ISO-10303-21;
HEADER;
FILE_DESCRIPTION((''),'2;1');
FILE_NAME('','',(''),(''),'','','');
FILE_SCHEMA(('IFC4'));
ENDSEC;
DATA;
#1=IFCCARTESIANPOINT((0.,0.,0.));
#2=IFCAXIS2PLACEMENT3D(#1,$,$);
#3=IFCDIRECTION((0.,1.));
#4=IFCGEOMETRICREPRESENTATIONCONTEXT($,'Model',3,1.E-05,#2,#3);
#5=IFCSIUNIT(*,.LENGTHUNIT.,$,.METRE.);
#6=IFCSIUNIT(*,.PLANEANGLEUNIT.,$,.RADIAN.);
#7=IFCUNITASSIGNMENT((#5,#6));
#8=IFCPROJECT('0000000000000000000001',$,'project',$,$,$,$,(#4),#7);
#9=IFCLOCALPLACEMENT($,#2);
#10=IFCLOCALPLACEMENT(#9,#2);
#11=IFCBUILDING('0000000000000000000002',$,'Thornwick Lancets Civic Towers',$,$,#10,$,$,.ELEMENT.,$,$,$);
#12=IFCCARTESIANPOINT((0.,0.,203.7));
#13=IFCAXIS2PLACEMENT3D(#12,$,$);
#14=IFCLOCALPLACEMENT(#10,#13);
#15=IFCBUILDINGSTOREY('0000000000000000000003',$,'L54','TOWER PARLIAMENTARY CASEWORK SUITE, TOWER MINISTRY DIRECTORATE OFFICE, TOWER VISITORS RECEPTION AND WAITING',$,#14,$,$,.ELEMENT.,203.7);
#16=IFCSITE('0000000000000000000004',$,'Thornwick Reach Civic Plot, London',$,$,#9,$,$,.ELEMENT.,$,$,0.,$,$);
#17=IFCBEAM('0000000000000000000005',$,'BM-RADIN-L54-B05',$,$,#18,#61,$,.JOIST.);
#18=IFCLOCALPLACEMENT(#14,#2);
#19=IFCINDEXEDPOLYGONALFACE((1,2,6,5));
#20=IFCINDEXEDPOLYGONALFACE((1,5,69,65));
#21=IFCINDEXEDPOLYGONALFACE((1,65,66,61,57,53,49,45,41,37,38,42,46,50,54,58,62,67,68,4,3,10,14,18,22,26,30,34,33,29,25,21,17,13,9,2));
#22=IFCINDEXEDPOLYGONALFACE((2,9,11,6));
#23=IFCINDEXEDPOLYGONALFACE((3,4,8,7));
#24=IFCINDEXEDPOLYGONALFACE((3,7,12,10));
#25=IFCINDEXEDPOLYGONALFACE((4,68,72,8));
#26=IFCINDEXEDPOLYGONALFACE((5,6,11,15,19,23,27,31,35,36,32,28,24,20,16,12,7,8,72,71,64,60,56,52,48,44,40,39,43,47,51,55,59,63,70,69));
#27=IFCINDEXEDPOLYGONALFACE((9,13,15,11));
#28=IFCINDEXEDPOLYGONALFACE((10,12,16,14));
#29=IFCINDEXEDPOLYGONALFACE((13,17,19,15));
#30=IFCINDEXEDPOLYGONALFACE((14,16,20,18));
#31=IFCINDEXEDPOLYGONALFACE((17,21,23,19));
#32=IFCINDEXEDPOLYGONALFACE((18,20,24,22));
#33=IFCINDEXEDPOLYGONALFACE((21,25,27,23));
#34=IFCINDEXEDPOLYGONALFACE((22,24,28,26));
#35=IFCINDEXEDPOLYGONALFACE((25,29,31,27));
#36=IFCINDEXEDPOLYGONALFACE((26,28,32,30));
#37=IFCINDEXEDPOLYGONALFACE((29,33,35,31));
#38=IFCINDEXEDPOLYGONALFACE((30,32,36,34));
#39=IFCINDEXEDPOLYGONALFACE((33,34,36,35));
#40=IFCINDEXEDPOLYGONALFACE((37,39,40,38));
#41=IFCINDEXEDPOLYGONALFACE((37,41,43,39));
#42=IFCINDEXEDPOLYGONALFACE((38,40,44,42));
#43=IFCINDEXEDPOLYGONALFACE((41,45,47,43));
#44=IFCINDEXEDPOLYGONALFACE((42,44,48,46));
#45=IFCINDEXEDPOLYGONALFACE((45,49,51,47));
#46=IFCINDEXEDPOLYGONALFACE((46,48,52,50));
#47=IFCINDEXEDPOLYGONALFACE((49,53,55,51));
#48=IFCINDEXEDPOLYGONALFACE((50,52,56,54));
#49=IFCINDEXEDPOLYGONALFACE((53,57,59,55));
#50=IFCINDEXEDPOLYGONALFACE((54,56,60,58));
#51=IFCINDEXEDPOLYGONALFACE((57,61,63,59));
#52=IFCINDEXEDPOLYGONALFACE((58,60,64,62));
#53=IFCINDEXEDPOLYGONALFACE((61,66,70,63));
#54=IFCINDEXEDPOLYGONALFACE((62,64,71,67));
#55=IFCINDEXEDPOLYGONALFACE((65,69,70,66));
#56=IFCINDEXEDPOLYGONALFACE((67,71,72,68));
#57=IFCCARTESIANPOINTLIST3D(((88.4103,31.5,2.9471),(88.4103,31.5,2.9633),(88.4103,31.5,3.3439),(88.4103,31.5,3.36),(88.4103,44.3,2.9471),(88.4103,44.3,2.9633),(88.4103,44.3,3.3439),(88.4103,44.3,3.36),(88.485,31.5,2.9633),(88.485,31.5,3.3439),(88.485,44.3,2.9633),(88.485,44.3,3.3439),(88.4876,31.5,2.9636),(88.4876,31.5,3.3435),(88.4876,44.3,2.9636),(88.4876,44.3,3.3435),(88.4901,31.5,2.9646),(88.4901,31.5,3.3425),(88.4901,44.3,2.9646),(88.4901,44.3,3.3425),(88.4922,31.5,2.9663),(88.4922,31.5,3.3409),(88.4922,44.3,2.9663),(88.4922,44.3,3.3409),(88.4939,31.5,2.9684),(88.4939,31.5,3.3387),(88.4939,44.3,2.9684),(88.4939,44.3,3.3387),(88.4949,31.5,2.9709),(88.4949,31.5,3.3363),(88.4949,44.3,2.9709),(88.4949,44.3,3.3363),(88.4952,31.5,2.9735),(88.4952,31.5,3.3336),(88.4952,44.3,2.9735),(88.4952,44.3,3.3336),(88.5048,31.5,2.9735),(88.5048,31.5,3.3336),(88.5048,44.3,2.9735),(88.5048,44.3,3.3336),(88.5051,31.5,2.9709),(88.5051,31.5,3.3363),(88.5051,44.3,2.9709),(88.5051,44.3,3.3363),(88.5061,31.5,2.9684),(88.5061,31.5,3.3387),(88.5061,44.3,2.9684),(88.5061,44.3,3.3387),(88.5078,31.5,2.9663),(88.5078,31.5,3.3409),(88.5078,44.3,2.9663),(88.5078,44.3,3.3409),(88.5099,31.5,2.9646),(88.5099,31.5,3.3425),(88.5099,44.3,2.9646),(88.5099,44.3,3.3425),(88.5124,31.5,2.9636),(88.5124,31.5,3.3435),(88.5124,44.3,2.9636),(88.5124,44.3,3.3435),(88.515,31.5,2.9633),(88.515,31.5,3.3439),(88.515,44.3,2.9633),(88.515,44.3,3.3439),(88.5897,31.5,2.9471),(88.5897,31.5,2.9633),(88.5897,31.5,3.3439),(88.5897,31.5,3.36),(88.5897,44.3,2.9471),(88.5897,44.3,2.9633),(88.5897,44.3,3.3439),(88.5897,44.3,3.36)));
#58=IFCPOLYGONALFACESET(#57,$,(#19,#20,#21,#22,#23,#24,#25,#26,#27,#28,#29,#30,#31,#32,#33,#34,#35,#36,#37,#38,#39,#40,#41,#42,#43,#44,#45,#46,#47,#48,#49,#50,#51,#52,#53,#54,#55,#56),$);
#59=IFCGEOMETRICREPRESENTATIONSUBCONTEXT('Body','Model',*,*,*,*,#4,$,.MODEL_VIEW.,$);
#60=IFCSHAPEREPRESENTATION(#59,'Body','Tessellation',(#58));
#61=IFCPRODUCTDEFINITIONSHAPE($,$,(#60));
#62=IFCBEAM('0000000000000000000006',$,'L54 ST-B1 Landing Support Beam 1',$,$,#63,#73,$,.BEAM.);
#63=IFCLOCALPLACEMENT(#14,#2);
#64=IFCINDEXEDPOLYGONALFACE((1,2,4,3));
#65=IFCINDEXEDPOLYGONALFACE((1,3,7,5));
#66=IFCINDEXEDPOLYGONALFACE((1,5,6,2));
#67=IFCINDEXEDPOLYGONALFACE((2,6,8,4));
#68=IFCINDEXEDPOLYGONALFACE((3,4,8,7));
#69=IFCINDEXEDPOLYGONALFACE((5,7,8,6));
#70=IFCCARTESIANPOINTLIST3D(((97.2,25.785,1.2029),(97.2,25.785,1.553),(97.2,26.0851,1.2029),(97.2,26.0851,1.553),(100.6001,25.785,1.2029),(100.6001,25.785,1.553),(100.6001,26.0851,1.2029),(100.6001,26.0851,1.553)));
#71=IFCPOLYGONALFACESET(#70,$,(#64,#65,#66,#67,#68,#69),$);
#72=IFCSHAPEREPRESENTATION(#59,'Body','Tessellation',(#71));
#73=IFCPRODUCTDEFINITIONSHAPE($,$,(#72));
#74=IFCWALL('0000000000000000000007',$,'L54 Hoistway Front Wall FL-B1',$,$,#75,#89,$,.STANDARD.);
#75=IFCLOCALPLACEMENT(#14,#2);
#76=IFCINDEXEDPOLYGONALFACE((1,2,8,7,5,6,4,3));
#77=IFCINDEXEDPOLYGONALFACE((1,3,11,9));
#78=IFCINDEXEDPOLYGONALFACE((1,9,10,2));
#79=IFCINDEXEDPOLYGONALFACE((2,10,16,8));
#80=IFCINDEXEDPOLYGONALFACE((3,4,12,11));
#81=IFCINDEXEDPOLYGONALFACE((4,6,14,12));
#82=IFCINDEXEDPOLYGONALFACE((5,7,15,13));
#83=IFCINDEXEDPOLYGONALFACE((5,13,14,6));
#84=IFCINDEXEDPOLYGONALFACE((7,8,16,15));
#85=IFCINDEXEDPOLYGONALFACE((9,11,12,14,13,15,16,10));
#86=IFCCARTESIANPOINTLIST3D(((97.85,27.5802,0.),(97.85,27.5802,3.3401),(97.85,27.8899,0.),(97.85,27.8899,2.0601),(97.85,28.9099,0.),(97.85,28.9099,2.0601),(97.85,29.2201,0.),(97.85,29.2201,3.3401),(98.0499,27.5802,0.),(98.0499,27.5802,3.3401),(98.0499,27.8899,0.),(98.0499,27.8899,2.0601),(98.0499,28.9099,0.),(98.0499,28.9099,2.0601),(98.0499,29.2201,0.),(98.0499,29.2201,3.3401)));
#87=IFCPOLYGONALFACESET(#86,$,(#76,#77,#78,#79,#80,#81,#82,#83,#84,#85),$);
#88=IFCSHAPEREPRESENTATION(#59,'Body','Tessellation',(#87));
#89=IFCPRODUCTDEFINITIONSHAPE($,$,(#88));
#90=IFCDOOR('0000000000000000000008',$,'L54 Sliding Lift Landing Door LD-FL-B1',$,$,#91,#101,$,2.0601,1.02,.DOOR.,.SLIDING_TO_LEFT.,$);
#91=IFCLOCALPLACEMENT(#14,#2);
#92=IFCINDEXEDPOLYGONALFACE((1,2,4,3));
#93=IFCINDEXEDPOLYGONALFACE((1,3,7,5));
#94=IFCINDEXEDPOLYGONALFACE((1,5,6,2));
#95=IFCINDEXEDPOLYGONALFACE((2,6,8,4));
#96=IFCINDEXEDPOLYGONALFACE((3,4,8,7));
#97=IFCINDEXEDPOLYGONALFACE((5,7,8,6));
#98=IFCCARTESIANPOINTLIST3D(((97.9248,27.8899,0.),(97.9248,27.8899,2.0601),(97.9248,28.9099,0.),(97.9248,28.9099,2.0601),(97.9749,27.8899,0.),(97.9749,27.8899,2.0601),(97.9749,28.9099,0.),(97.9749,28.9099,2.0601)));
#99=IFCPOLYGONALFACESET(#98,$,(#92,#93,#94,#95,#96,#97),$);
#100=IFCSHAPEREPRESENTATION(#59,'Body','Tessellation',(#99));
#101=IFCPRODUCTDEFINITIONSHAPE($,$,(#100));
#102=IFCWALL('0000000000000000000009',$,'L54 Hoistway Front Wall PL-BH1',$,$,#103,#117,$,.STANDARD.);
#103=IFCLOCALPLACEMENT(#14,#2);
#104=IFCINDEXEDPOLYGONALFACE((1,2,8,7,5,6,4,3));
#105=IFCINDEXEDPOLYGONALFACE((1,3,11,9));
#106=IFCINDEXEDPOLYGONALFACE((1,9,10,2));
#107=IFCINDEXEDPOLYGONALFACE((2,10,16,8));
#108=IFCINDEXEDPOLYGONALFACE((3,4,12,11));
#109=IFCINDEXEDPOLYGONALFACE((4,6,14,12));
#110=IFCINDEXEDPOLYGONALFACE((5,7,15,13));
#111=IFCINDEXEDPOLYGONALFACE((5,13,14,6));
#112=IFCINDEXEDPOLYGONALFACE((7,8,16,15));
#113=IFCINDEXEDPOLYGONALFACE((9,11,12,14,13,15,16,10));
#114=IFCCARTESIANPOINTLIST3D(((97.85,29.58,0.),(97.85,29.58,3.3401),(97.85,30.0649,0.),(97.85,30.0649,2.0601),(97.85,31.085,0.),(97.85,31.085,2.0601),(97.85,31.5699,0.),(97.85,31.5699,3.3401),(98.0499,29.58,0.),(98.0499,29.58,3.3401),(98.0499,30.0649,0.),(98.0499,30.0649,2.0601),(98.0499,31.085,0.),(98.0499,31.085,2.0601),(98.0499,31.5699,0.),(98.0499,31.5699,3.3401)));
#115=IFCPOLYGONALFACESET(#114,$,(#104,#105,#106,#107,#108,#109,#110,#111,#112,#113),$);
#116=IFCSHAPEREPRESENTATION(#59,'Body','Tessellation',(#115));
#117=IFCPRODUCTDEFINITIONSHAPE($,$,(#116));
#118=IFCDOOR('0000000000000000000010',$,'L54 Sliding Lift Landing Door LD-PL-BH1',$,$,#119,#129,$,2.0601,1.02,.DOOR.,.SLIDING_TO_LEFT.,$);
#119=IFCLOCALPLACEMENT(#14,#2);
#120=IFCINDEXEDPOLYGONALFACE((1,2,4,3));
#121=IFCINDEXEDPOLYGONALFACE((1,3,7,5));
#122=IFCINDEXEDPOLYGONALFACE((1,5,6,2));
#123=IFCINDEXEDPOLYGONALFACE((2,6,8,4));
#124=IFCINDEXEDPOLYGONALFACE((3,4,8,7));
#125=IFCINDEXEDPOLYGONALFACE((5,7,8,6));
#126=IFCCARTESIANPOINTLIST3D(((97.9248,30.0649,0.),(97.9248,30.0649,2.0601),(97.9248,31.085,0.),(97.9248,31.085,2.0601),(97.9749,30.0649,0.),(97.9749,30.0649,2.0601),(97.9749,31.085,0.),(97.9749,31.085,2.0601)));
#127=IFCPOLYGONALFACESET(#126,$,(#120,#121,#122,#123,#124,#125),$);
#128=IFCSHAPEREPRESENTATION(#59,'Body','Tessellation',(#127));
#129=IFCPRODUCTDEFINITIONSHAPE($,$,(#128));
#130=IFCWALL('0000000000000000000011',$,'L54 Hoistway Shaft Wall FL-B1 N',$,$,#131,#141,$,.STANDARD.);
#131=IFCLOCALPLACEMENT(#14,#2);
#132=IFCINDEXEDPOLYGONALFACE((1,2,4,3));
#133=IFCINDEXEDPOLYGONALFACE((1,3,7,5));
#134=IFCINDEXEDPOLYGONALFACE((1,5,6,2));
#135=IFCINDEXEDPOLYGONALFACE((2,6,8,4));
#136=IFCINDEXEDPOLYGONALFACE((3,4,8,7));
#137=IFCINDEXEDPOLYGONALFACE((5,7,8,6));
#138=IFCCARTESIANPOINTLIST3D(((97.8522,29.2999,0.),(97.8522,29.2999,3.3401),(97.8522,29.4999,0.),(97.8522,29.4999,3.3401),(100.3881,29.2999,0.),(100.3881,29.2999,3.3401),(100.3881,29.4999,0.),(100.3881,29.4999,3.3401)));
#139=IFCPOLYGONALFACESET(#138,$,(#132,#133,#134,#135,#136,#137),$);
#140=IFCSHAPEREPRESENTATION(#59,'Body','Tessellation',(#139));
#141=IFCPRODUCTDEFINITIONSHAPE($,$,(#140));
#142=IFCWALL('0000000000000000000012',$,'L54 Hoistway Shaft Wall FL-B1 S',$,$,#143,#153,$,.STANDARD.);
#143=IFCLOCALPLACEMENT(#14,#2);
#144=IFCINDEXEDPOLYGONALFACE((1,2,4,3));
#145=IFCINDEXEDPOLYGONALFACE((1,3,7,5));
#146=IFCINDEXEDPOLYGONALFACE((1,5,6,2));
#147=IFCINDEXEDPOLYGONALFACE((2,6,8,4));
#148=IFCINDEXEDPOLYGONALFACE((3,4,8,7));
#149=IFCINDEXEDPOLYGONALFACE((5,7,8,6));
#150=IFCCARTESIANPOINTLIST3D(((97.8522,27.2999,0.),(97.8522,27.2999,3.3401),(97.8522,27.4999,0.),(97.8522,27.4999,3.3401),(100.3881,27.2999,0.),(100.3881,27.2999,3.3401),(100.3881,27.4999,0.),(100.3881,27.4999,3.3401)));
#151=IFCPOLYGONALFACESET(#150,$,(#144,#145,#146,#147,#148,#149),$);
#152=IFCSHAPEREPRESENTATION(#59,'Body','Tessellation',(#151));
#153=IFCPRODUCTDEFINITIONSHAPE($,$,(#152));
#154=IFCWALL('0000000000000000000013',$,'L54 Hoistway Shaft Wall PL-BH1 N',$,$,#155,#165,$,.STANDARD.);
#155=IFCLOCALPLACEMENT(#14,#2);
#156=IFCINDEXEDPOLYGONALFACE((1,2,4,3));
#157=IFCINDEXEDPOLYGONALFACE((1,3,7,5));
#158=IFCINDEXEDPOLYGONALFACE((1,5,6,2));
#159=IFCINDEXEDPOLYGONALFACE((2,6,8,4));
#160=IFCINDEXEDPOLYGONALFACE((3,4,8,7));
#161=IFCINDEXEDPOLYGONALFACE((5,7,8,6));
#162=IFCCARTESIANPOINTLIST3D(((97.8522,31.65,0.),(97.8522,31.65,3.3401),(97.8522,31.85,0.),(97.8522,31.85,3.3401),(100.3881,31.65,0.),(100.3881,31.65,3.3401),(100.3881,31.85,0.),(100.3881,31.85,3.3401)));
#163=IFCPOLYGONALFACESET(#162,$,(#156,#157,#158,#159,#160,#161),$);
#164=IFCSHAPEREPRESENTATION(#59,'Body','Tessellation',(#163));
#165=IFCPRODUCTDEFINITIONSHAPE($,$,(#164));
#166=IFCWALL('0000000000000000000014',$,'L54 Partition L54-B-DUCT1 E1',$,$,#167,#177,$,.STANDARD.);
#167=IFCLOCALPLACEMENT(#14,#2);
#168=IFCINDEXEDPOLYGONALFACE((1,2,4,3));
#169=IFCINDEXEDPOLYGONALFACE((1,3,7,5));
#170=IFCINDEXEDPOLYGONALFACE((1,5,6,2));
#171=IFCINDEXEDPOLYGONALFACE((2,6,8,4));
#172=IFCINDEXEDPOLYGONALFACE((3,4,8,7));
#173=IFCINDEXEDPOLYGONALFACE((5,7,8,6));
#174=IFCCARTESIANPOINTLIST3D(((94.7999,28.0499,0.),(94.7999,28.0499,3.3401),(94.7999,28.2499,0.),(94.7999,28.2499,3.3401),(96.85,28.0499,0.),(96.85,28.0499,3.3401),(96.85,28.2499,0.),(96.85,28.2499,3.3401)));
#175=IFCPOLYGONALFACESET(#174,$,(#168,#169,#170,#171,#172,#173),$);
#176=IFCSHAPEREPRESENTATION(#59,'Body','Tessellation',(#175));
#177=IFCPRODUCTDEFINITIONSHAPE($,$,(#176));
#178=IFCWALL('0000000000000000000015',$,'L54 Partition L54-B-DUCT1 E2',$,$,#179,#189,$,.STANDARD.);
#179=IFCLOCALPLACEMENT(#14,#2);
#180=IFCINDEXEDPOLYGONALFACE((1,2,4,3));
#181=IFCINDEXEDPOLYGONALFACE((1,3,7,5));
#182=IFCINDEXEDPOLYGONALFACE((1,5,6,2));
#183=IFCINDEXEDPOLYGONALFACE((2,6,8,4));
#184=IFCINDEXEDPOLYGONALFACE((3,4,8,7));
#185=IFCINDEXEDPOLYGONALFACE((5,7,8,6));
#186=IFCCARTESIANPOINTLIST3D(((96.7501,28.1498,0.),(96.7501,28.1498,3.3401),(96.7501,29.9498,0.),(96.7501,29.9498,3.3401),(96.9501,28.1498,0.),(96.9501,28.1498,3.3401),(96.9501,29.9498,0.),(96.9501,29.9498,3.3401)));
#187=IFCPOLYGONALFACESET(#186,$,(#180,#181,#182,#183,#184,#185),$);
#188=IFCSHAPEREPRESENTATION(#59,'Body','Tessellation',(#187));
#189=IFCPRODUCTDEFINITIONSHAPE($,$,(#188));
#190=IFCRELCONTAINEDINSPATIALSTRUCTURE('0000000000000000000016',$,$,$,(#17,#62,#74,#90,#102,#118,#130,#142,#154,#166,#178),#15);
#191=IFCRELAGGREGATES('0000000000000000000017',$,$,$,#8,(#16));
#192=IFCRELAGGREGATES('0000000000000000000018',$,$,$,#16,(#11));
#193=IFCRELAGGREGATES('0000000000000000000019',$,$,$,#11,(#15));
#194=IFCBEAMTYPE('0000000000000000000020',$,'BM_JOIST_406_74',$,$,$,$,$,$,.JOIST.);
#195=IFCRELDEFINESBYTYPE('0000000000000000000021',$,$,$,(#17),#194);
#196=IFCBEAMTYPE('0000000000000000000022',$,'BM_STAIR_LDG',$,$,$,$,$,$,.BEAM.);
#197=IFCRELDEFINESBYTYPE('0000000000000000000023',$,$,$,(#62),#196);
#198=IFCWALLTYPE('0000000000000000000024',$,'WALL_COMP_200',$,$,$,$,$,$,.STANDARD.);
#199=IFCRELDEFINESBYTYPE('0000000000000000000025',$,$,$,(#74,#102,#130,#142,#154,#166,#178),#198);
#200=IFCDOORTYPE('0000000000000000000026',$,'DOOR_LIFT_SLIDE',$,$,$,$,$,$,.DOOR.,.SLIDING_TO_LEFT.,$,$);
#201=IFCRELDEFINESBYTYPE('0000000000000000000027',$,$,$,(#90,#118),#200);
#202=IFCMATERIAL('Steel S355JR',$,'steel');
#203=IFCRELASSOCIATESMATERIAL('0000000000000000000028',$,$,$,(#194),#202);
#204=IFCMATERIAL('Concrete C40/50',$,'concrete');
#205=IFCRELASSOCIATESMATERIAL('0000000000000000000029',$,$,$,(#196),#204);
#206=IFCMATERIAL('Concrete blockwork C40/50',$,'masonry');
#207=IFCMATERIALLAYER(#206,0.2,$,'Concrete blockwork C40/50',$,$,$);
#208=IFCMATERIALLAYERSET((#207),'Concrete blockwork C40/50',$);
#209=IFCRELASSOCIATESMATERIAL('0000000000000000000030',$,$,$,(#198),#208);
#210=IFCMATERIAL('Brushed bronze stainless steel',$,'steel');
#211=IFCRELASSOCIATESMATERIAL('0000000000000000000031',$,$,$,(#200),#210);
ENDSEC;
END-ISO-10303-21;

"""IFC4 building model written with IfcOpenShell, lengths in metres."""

from ifc_helpers import new_model, si_unit, direction, frame, frame_2d, origin, origin_2d, place, context, subcontext, project, spatial, rectangle, i_section, extrude, material, layer, layer_set, material_profile, profile_set, type_object, element, fill, save


model = new_model("IFC4")

# Units and contexts
model_context = context("Model", 3, precision=1e-05, world=origin(), true_north=direction((0.0, 1.0)))
body_context = subcontext(model_context, "Body", "Model", "MODEL_VIEW")
ifc_project = project(units=[si_unit("LENGTHUNIT", "METRE"), si_unit("PLANEANGLEUNIT", "RADIAN")], contexts=[model_context])

# Site, building, storey
site_placement = place(None, origin())
site = spatial("IfcSite", under=ifc_project, at=site_placement, Name="Thornwick Reach Civic Plot, London", CompositionType="ELEMENT", RefElevation=0.0)
building_placement = place(site_placement, origin())
building = spatial("IfcBuilding", under=site, at=building_placement, Name="Thornwick Lancets Civic Towers", CompositionType="ELEMENT")
storey_placement = place(building_placement, frame((0.0, 0.0, 203.7)))
storey = spatial("IfcBuildingStorey", under=building, at=storey_placement, Name="L54", Description="TOWER PARLIAMENTARY CASEWORK SUITE, TOWER MINISTRY DIRECTORATE OFFICE, TOWER VISITORS RECEPTION AND WAITING", CompositionType="ELEMENT", Elevation=203.7)

# Beams
ifc_material_1 = material(Name="Steel S355JR", Category="steel")
ifc_material_profile_1 = material_profile(ifc_material_1, i_section(OverallWidth=0.1794, OverallDepth=0.4128, WebThickness=0.0095, FlangeThickness=0.0161, FilletRadius=0.0103, at=origin_2d()), Name="UKB 406x178x74")
ifc_profile_set_1 = profile_set([ifc_material_profile_1], Name="Steel S355JR")
beam_type_1 = type_object("IfcBeamType", Name="BM_JOIST_406_74", PredefinedType="JOIST", material=ifc_profile_set_1)
beam_1_placement = place(storey_placement, frame((88.5, 31.5, 3.1536), z_axis=(0.0, 1.0, 0.0), x_axis=(-1.0, 0.0, 0.0)))
element("IfcBeam", 1, at=beam_1_placement, inside=storey, type_object=beam_type_1, Name="BM-RADIN-L54-B05", PredefinedType="JOIST", context=body_context, shape_type="SweptSolid", body=[
    extrude(i_section(OverallWidth=0.1794, OverallDepth=0.4128, WebThickness=0.0095, FlangeThickness=0.0161, FilletRadius=0.0103, at=origin_2d()), origin(), (0.0, 0.0, 1.0), 12.8),
])
ifc_material_2 = material(Name="Concrete C40/50", Category="concrete")
ifc_material_profile_2 = material_profile(ifc_material_2, rectangle(XDim=0.3, YDim=0.3501, at=origin_2d()), Name="RC 300x350")
ifc_profile_set_2 = profile_set([ifc_material_profile_2], Name="Concrete C40/50")
beam_type_2 = type_object("IfcBeamType", Name="BM_STAIR_LDG", PredefinedType="BEAM", material=ifc_profile_set_2)
beam_2_placement = place(storey_placement, frame((100.6001, 25.9351, 1.3779), z_axis=(-1.0, 0.0, 0.0), x_axis=(0.0, -1.0, 0.0)))
element("IfcBeam", 2, at=beam_2_placement, inside=storey, type_object=beam_type_2, Name="L54 ST-B1 Landing Support Beam 1", PredefinedType="BEAM", context=body_context, shape_type="SweptSolid", body=[
    extrude(rectangle(XDim=0.3, YDim=0.3501, at=origin_2d()), origin(), (0.0, 0.0, 1.0), 3.4001),
])

# Walls, openings, doors
ifc_material_3 = material(Name="Concrete blockwork C40/50", Category="masonry")
ifc_layer_1 = layer(ifc_material_3, 0.2, Name="Concrete blockwork C40/50")
ifc_layer_set_1 = layer_set([ifc_layer_1], Name="Concrete blockwork C40/50")
wall_type_1 = type_object("IfcWallType", Name="WALL_COMP_200", PredefinedType="STANDARD", material=ifc_layer_set_1)
wall_1_placement = place(storey_placement, frame((97.95, 29.22, 0.0), z_axis=(0.0, 0.0, 1.0), x_axis=(0.0, -1.0, 0.0)))
wall_1 = element("IfcWall", 3, at=wall_1_placement, inside=storey, type_object=wall_type_1, Name="L54 Hoistway Front Wall FL-B1", PredefinedType="STANDARD", context=body_context, shape_type="SweptSolid", body=[
    extrude(rectangle(XDim=1.6399, YDim=0.2, at=frame_2d((0.8198, 0.0))), origin(), (0.0, 0.0, 1.0), 3.3401),
])
opening_1_placement = place(wall_1_placement, frame((0.3101, 0.0, 0.0)))
opening_1 = element("IfcOpeningElement", 4, at=opening_1_placement, cuts=wall_1, PredefinedType="OPENING", context=body_context, shape_type="SweptSolid", body=[
    extrude(rectangle(XDim=1.02, YDim=2.0601, at=frame_2d((0.51, 1.03))), frame((0.0, 0.1099, 0.0), z_axis=(0.0, -1.0, 0.0), x_axis=(1.0, 0.0, 0.0)), (0.0, 0.0, 1.0), 0.22),
])
ifc_material_4 = material(Name="Brushed bronze stainless steel", Category="steel")
door_type_1 = type_object("IfcDoorType", Name="DOOR_LIFT_SLIDE", OperationType="SLIDING_TO_LEFT", PredefinedType="DOOR", material=ifc_material_4)
door_1_placement = place(opening_1_placement, origin())
door_1 = element("IfcDoor", 5, at=door_1_placement, inside=storey, type_object=door_type_1, Name="L54 Sliding Lift Landing Door LD-FL-B1", OperationType="SLIDING_TO_LEFT", OverallHeight=2.0601, OverallWidth=1.02, PredefinedType="DOOR", context=body_context, shape_type="SweptSolid", body=[
    extrude(rectangle(XDim=1.02, YDim=2.0601, at=frame_2d((0.51, 1.03))), frame((0.0, 0.0249, 0.0), z_axis=(0.0, -1.0, 0.0), x_axis=(1.0, 0.0, 0.0)), (0.0, 0.0, 1.0), 0.05),
])
fill(opening_1, door_1)
wall_2_placement = place(storey_placement, frame((97.95, 31.5701, 0.0), z_axis=(0.0, 0.0, 1.0), x_axis=(0.0, -1.0, 0.0)))
wall_2 = element("IfcWall", 6, at=wall_2_placement, inside=storey, type_object=wall_type_1, Name="L54 Hoistway Front Wall PL-BH1", PredefinedType="STANDARD", context=body_context, shape_type="SweptSolid", body=[
    extrude(rectangle(XDim=1.99, YDim=0.2, at=frame_2d((0.9951, 0.0))), origin(), (0.0, 0.0, 1.0), 3.3401),
])
opening_2_placement = place(wall_2_placement, frame((0.4851, 0.0, 0.0)))
opening_2 = element("IfcOpeningElement", 7, at=opening_2_placement, cuts=wall_2, PredefinedType="OPENING", context=body_context, shape_type="SweptSolid", body=[
    extrude(rectangle(XDim=1.02, YDim=2.0601, at=frame_2d((0.51, 1.03))), frame((0.0, 0.1099, 0.0), z_axis=(0.0, -1.0, 0.0), x_axis=(1.0, 0.0, 0.0)), (0.0, 0.0, 1.0), 0.22),
])
door_2_placement = place(opening_2_placement, origin())
door_2 = element("IfcDoor", 8, at=door_2_placement, inside=storey, type_object=door_type_1, Name="L54 Sliding Lift Landing Door LD-PL-BH1", OperationType="SLIDING_TO_LEFT", OverallHeight=2.0601, OverallWidth=1.02, PredefinedType="DOOR", context=body_context, shape_type="SweptSolid", body=[
    extrude(rectangle(XDim=1.02, YDim=2.0601, at=frame_2d((0.51, 1.03))), frame((0.0, 0.0249, 0.0), z_axis=(0.0, -1.0, 0.0), x_axis=(1.0, 0.0, 0.0)), (0.0, 0.0, 1.0), 0.05),
])
fill(opening_2, door_2)

# Walls
for number, where, z_axis, x_axis, name in (
    (9, (97.8521, 29.3999, 0.0), (0.0, 0.0, 1.0), (1.0, 0.0, 0.0), "L54 Hoistway Shaft Wall FL-B1 N"),
    (10, (97.8521, 27.3999, 0.0), (0.0, 0.0, 1.0), (1.0, 0.0, 0.0), "L54 Hoistway Shaft Wall FL-B1 S"),
    (11, (97.8521, 31.75, 0.0), (0.0, 0.0, 1.0), (1.0, 0.0, 0.0), "L54 Hoistway Shaft Wall PL-BH1 N"),
):
    element("IfcWall", number, at=place(storey_placement, frame(where, z_axis=z_axis, x_axis=x_axis)), inside=storey, type_object=wall_type_1, Name=name, PredefinedType="STANDARD", context=body_context, shape_type="SweptSolid", body=[
        extrude(rectangle(XDim=2.5359, YDim=0.2, at=frame_2d((1.2681, 0.0))), origin(), (0.0, 0.0, 1.0), 3.3401),
    ])
wall_3_placement = place(storey_placement, frame((94.8, 28.1499, 0.0), z_axis=(0.0, 0.0, 1.0), x_axis=(1.0, 0.0, 0.0)))
element("IfcWall", 12, at=wall_3_placement, inside=storey, type_object=wall_type_1, Name="L54 Partition L54-B-DUCT1 E1", PredefinedType="STANDARD", context=body_context, shape_type="SweptSolid", body=[
    extrude(rectangle(XDim=2.05, YDim=0.2, at=frame_2d((1.0249, 0.0))), origin(), (0.0, 0.0, 1.0), 3.3401),
])
wall_4_placement = place(storey_placement, frame((96.8501, 28.1499, 0.0), z_axis=(0.0, 0.0, 1.0), x_axis=(0.0, 1.0, 0.0)))
element("IfcWall", 13, at=wall_4_placement, inside=storey, type_object=wall_type_1, Name="L54 Partition L54-B-DUCT1 E2", PredefinedType="STANDARD", context=body_context, shape_type="SweptSolid", body=[
    extrude(rectangle(XDim=1.8, YDim=0.2, at=frame_2d((0.8999, 0.0))), origin(), (0.0, 0.0, 1.0), 3.3401),
])

save(model, "model.ifc")
